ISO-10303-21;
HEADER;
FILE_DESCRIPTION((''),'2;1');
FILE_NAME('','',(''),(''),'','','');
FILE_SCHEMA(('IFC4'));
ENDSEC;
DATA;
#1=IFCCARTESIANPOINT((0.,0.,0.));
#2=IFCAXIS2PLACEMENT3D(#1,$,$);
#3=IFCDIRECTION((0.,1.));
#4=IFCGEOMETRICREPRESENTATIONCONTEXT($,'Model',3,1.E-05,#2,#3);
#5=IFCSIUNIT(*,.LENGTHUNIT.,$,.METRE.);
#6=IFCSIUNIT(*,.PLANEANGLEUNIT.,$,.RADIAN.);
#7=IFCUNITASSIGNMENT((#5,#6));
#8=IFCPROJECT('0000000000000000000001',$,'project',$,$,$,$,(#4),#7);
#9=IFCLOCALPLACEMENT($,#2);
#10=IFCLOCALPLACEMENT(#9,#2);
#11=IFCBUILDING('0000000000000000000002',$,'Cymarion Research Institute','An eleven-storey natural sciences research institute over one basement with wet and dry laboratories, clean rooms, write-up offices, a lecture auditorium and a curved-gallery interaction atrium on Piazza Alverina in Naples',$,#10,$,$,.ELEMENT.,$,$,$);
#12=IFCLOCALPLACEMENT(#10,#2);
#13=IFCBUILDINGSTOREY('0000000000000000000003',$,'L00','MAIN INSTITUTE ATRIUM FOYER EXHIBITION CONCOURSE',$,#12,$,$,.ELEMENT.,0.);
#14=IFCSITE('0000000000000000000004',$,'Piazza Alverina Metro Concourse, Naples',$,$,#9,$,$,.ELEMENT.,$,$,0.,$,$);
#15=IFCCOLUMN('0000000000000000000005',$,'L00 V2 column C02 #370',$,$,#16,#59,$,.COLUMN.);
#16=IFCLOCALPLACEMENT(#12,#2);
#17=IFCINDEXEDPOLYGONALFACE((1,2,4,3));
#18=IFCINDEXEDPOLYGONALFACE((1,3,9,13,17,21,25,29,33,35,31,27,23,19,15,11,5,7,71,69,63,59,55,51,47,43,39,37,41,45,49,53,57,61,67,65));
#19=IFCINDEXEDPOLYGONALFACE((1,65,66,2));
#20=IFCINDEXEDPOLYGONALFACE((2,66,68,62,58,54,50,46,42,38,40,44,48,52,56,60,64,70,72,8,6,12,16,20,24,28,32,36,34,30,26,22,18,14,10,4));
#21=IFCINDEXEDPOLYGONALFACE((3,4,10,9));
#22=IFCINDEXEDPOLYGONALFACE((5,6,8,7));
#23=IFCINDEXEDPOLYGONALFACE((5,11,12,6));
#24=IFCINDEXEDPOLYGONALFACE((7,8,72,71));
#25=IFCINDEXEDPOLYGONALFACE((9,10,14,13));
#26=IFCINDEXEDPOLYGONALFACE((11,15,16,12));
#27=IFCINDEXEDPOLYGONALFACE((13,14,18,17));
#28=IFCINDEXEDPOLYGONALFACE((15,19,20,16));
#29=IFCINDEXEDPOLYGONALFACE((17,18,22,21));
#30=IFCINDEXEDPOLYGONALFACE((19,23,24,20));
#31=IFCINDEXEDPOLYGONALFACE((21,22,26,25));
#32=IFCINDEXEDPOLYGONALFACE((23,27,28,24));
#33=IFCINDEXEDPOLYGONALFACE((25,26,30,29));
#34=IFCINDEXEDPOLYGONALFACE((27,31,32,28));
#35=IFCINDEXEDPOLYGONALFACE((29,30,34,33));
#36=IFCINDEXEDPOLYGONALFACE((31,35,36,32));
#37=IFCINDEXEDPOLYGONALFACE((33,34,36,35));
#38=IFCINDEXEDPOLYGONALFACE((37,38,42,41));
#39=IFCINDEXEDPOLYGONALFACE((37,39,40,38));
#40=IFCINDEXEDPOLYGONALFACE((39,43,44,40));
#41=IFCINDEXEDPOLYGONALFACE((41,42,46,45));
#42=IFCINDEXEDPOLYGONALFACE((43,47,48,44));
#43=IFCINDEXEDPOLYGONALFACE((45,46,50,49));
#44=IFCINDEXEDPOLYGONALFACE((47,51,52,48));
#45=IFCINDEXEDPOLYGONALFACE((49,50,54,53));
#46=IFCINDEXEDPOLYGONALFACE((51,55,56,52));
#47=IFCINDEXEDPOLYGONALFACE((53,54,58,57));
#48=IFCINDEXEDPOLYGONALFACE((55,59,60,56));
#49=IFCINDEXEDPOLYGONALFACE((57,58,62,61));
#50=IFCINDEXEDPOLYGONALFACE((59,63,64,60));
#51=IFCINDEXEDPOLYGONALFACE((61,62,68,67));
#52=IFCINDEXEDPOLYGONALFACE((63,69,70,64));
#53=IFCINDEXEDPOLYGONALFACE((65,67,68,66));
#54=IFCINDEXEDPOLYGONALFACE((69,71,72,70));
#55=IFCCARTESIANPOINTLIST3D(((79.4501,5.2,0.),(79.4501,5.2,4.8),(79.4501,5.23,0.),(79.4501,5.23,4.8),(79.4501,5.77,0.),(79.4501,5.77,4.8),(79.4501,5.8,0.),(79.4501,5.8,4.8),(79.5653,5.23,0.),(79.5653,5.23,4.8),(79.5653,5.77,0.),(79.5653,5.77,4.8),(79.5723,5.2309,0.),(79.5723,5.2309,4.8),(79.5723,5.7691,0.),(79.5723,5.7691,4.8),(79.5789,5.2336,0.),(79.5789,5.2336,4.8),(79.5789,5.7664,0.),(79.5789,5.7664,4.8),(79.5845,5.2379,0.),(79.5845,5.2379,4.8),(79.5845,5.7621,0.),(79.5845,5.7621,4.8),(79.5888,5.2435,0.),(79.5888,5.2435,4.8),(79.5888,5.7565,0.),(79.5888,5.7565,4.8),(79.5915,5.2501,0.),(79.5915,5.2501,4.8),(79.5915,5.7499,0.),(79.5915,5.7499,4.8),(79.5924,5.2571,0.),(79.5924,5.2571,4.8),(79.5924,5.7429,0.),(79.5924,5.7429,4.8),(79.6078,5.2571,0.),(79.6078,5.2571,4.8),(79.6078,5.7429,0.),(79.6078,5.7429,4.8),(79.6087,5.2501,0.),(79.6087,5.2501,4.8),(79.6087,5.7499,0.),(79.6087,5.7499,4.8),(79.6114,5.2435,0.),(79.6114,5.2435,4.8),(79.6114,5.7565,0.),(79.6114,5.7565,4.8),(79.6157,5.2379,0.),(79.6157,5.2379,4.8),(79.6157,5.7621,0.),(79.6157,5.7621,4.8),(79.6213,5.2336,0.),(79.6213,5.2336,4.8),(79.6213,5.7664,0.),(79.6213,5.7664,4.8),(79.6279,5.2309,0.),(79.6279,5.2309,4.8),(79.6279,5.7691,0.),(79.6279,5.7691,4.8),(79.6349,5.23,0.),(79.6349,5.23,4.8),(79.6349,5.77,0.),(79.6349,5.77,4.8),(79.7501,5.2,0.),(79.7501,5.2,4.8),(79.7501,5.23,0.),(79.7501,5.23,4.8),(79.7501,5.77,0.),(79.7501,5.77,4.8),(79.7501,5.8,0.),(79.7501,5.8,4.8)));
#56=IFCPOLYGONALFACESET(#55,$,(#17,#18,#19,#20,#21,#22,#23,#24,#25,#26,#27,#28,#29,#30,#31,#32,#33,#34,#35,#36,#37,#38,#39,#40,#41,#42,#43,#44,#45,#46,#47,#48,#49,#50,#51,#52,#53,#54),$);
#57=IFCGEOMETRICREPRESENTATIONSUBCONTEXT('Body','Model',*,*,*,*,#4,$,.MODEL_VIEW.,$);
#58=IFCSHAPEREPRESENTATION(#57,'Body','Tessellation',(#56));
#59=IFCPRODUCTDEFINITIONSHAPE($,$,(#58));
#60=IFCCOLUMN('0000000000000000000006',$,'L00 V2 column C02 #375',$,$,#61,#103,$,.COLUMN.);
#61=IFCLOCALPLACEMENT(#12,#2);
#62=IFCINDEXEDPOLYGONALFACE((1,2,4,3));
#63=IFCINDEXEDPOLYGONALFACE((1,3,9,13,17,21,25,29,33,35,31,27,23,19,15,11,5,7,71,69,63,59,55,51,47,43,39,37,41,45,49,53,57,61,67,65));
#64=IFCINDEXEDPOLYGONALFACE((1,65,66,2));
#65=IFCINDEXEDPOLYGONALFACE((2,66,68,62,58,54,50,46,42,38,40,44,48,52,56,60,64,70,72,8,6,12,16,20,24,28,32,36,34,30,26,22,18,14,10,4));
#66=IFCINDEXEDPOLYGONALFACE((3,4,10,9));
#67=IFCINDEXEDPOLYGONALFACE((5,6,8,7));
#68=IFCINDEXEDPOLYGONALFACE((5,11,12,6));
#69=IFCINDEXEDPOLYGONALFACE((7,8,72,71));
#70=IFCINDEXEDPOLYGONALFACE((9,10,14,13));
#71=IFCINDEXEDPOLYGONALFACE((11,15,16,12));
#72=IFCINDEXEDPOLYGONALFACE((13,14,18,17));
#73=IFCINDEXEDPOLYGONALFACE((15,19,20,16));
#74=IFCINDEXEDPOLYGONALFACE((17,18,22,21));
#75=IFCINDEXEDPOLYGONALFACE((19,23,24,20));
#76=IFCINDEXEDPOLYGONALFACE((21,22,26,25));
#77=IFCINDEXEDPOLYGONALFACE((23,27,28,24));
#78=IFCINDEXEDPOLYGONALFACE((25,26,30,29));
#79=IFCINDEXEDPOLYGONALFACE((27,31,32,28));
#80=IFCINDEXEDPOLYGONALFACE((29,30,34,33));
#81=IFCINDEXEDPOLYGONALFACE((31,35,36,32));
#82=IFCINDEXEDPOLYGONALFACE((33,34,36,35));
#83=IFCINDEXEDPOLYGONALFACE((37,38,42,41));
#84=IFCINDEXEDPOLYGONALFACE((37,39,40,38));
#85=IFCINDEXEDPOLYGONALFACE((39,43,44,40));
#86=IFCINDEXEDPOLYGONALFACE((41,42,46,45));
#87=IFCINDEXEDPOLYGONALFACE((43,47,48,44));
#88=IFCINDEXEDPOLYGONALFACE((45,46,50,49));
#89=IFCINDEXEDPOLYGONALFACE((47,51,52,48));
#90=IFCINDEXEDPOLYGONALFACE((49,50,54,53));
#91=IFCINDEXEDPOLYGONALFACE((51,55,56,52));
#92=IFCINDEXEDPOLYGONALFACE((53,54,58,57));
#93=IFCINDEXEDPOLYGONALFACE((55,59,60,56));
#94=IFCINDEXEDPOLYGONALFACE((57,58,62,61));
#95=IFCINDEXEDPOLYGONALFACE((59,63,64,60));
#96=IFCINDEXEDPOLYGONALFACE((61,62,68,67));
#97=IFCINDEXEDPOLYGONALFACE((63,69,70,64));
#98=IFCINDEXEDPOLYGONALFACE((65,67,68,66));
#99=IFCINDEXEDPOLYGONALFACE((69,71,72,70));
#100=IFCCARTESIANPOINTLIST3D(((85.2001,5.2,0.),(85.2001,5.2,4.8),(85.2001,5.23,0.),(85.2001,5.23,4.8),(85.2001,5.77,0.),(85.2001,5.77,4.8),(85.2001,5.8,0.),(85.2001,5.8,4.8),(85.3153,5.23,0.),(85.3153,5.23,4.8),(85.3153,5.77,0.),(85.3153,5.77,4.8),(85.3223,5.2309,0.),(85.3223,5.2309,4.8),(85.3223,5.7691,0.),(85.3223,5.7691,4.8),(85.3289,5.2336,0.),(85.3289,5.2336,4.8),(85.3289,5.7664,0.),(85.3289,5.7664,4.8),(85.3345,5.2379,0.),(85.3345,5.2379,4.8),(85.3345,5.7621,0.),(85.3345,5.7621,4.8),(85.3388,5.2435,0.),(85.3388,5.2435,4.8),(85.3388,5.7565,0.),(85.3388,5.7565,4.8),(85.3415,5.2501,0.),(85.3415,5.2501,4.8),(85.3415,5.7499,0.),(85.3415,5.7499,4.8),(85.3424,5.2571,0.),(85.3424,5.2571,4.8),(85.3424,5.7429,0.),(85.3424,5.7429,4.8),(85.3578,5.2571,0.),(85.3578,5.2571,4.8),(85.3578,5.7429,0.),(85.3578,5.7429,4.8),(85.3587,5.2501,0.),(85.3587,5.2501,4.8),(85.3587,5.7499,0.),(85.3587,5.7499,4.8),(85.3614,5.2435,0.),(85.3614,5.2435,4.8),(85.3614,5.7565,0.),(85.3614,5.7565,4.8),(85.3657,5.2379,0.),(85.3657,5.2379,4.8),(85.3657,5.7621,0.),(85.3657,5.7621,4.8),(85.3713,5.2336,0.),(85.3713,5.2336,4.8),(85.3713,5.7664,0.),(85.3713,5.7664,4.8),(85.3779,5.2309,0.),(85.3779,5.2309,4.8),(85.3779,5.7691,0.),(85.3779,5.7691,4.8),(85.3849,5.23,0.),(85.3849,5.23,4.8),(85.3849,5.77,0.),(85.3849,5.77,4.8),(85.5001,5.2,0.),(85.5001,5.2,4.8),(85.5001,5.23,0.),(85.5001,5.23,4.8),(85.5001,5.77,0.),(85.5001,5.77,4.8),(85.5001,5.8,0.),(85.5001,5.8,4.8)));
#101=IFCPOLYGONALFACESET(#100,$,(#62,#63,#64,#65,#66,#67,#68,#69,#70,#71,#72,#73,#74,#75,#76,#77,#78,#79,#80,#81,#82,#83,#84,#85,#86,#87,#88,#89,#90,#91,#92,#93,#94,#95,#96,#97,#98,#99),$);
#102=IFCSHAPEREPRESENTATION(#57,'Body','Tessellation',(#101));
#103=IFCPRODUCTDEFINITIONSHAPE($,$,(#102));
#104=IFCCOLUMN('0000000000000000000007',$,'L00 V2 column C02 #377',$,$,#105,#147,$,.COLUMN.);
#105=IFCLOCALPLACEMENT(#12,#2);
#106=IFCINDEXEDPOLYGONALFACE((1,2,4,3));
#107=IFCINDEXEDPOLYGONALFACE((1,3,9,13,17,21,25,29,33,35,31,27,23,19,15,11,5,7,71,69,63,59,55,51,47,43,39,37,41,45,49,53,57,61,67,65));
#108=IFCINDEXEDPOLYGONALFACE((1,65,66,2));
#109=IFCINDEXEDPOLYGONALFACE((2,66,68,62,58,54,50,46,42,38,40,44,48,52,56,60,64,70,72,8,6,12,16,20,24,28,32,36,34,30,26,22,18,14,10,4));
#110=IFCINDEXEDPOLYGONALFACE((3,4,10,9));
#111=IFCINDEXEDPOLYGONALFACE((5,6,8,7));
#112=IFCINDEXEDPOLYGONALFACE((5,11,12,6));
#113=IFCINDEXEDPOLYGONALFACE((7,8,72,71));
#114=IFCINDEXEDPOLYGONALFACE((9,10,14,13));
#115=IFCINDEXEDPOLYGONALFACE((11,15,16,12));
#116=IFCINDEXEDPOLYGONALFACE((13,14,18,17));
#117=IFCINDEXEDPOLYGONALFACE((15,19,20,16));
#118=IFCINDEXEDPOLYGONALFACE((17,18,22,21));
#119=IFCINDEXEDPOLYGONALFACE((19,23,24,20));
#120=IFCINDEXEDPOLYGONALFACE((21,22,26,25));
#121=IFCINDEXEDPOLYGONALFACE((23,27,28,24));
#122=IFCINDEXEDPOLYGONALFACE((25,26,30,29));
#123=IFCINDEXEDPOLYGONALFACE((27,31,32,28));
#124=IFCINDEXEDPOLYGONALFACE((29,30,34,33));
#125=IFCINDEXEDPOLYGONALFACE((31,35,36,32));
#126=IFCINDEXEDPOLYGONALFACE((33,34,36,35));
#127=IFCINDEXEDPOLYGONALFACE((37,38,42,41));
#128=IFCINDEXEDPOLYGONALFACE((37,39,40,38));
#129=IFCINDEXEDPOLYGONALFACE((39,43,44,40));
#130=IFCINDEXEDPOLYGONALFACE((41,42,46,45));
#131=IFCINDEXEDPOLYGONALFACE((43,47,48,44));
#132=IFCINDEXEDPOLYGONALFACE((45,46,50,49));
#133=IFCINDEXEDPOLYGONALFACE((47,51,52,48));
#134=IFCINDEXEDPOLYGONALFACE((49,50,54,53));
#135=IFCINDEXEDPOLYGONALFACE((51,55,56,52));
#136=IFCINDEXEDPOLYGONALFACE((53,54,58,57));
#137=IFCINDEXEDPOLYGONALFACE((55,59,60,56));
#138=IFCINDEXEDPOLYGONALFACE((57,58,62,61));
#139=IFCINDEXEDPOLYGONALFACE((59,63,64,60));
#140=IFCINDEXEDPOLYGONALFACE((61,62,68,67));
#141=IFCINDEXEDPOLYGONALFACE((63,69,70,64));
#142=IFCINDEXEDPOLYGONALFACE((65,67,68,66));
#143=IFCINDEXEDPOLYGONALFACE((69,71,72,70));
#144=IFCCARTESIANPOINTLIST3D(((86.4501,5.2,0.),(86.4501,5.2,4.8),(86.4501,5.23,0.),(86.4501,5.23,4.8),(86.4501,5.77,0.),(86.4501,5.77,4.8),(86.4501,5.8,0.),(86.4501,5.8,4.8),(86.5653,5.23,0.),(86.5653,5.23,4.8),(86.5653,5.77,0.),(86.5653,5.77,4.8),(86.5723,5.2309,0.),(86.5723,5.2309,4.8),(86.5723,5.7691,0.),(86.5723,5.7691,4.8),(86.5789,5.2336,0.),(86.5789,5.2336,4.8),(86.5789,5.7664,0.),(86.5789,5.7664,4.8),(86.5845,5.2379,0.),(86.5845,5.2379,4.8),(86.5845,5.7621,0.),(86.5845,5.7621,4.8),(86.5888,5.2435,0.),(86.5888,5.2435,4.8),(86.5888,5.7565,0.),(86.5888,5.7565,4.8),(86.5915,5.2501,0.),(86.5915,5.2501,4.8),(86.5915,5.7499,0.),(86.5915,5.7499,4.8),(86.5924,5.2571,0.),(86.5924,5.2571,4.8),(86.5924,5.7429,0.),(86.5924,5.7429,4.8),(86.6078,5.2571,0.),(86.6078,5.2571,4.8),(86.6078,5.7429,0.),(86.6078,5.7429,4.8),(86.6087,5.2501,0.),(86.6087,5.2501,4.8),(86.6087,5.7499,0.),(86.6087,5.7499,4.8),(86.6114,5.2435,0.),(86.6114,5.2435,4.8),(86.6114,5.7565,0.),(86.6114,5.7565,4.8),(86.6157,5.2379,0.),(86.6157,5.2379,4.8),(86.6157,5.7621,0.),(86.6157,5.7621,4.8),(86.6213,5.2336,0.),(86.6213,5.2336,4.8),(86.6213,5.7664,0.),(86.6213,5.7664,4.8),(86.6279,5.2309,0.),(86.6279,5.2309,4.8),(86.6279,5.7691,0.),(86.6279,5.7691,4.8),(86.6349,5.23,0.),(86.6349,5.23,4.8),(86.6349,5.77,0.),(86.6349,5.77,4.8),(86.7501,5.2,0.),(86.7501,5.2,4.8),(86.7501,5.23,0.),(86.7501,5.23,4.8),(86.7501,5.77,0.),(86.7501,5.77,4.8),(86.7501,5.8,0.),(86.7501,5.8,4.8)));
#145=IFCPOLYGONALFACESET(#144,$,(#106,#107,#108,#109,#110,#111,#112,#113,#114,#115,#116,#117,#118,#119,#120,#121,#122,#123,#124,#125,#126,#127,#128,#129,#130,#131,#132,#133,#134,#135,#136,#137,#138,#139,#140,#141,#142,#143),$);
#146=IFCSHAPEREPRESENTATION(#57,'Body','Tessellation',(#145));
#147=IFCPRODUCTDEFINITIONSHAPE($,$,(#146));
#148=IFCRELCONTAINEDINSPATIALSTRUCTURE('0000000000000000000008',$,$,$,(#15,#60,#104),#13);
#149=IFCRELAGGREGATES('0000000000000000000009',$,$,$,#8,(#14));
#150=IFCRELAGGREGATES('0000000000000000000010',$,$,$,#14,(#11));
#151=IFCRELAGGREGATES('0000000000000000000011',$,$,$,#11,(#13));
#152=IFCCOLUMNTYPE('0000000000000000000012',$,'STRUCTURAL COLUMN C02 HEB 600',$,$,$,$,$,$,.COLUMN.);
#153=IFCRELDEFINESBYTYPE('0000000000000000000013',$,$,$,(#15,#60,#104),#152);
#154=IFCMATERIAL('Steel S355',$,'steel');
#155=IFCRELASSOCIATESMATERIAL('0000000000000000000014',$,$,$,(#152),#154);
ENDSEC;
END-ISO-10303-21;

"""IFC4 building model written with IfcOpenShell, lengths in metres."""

from ifc_helpers import new_model, si_unit, direction, frame, origin, origin_2d, place, context, subcontext, project, spatial, i_section, extrude, material, material_profile, profile_set, type_object, element, save


model = new_model("IFC4")

# Units and contexts
model_context = context("Model", 3, precision=1e-05, world=origin(), true_north=direction((0.0, 1.0)))
body_context = subcontext(model_context, "Body", "Model", "MODEL_VIEW")
ifc_project = project(units=[si_unit("LENGTHUNIT", "METRE"), si_unit("PLANEANGLEUNIT", "RADIAN")], contexts=[model_context])

# Site, building, storey
site_placement = place(None, origin())
site = spatial("IfcSite", under=ifc_project, at=site_placement, Name="Piazza Alverina Metro Concourse, Naples", CompositionType="ELEMENT", RefElevation=0.0)
building_placement = place(site_placement, origin())
building = spatial("IfcBuilding", under=site, at=building_placement, Name="Cymarion Research Institute", Description="An eleven-storey natural sciences research institute over one basement with wet and dry laboratories, clean rooms, write-up offices, a lecture auditorium and a curved-gallery interaction atrium on Piazza Alverina in Naples", CompositionType="ELEMENT")
storey_placement = place(building_placement, origin())
storey = spatial("IfcBuildingStorey", under=building, at=storey_placement, Name="L00", Description="MAIN INSTITUTE ATRIUM FOYER EXHIBITION CONCOURSE", CompositionType="ELEMENT", Elevation=0.0)

# Columns
ifc_material_1 = material(Name="Steel S355", Category="steel")
ifc_material_profile_1 = material_profile(ifc_material_1, i_section(OverallWidth=0.3, OverallDepth=0.6001, WebThickness=0.0154, FlangeThickness=0.03, FilletRadius=0.0271, at=origin_2d()), Name="HEB 600")
ifc_profile_set_1 = profile_set([ifc_material_profile_1], Name="Steel S355")
column_type_1 = type_object("IfcColumnType", Name="STRUCTURAL COLUMN C02 HEB 600", PredefinedType="COLUMN", material=ifc_profile_set_1)
for number, where, z_axis, x_axis, name in (
    (1, (79.6001, 5.5, 0.0), (0.0, 0.0, 1.0), (1.0, 0.0, 0.0), "L00 V2 column C02 #370"),
    (2, (85.3501, 5.5, 0.0), (0.0, 0.0, 1.0), (1.0, 0.0, 0.0), "L00 V2 column C02 #375"),
    (3, (86.6001, 5.5, 0.0), (0.0, 0.0, 1.0), (1.0, 0.0, 0.0), "L00 V2 column C02 #377"),
):
    element("IfcColumn", number, at=place(storey_placement, frame(where, z_axis=z_axis, x_axis=x_axis)), inside=storey, type_object=column_type_1, Name=name, PredefinedType="COLUMN", context=body_context, shape_type="SweptSolid", body=[
        extrude(i_section(OverallWidth=0.3, OverallDepth=0.6001, WebThickness=0.0154, FlangeThickness=0.03, FilletRadius=0.0271, at=origin_2d()), origin(), (0.0, 0.0, 1.0), 4.8),
    ])

save(model, "model.ifc")
